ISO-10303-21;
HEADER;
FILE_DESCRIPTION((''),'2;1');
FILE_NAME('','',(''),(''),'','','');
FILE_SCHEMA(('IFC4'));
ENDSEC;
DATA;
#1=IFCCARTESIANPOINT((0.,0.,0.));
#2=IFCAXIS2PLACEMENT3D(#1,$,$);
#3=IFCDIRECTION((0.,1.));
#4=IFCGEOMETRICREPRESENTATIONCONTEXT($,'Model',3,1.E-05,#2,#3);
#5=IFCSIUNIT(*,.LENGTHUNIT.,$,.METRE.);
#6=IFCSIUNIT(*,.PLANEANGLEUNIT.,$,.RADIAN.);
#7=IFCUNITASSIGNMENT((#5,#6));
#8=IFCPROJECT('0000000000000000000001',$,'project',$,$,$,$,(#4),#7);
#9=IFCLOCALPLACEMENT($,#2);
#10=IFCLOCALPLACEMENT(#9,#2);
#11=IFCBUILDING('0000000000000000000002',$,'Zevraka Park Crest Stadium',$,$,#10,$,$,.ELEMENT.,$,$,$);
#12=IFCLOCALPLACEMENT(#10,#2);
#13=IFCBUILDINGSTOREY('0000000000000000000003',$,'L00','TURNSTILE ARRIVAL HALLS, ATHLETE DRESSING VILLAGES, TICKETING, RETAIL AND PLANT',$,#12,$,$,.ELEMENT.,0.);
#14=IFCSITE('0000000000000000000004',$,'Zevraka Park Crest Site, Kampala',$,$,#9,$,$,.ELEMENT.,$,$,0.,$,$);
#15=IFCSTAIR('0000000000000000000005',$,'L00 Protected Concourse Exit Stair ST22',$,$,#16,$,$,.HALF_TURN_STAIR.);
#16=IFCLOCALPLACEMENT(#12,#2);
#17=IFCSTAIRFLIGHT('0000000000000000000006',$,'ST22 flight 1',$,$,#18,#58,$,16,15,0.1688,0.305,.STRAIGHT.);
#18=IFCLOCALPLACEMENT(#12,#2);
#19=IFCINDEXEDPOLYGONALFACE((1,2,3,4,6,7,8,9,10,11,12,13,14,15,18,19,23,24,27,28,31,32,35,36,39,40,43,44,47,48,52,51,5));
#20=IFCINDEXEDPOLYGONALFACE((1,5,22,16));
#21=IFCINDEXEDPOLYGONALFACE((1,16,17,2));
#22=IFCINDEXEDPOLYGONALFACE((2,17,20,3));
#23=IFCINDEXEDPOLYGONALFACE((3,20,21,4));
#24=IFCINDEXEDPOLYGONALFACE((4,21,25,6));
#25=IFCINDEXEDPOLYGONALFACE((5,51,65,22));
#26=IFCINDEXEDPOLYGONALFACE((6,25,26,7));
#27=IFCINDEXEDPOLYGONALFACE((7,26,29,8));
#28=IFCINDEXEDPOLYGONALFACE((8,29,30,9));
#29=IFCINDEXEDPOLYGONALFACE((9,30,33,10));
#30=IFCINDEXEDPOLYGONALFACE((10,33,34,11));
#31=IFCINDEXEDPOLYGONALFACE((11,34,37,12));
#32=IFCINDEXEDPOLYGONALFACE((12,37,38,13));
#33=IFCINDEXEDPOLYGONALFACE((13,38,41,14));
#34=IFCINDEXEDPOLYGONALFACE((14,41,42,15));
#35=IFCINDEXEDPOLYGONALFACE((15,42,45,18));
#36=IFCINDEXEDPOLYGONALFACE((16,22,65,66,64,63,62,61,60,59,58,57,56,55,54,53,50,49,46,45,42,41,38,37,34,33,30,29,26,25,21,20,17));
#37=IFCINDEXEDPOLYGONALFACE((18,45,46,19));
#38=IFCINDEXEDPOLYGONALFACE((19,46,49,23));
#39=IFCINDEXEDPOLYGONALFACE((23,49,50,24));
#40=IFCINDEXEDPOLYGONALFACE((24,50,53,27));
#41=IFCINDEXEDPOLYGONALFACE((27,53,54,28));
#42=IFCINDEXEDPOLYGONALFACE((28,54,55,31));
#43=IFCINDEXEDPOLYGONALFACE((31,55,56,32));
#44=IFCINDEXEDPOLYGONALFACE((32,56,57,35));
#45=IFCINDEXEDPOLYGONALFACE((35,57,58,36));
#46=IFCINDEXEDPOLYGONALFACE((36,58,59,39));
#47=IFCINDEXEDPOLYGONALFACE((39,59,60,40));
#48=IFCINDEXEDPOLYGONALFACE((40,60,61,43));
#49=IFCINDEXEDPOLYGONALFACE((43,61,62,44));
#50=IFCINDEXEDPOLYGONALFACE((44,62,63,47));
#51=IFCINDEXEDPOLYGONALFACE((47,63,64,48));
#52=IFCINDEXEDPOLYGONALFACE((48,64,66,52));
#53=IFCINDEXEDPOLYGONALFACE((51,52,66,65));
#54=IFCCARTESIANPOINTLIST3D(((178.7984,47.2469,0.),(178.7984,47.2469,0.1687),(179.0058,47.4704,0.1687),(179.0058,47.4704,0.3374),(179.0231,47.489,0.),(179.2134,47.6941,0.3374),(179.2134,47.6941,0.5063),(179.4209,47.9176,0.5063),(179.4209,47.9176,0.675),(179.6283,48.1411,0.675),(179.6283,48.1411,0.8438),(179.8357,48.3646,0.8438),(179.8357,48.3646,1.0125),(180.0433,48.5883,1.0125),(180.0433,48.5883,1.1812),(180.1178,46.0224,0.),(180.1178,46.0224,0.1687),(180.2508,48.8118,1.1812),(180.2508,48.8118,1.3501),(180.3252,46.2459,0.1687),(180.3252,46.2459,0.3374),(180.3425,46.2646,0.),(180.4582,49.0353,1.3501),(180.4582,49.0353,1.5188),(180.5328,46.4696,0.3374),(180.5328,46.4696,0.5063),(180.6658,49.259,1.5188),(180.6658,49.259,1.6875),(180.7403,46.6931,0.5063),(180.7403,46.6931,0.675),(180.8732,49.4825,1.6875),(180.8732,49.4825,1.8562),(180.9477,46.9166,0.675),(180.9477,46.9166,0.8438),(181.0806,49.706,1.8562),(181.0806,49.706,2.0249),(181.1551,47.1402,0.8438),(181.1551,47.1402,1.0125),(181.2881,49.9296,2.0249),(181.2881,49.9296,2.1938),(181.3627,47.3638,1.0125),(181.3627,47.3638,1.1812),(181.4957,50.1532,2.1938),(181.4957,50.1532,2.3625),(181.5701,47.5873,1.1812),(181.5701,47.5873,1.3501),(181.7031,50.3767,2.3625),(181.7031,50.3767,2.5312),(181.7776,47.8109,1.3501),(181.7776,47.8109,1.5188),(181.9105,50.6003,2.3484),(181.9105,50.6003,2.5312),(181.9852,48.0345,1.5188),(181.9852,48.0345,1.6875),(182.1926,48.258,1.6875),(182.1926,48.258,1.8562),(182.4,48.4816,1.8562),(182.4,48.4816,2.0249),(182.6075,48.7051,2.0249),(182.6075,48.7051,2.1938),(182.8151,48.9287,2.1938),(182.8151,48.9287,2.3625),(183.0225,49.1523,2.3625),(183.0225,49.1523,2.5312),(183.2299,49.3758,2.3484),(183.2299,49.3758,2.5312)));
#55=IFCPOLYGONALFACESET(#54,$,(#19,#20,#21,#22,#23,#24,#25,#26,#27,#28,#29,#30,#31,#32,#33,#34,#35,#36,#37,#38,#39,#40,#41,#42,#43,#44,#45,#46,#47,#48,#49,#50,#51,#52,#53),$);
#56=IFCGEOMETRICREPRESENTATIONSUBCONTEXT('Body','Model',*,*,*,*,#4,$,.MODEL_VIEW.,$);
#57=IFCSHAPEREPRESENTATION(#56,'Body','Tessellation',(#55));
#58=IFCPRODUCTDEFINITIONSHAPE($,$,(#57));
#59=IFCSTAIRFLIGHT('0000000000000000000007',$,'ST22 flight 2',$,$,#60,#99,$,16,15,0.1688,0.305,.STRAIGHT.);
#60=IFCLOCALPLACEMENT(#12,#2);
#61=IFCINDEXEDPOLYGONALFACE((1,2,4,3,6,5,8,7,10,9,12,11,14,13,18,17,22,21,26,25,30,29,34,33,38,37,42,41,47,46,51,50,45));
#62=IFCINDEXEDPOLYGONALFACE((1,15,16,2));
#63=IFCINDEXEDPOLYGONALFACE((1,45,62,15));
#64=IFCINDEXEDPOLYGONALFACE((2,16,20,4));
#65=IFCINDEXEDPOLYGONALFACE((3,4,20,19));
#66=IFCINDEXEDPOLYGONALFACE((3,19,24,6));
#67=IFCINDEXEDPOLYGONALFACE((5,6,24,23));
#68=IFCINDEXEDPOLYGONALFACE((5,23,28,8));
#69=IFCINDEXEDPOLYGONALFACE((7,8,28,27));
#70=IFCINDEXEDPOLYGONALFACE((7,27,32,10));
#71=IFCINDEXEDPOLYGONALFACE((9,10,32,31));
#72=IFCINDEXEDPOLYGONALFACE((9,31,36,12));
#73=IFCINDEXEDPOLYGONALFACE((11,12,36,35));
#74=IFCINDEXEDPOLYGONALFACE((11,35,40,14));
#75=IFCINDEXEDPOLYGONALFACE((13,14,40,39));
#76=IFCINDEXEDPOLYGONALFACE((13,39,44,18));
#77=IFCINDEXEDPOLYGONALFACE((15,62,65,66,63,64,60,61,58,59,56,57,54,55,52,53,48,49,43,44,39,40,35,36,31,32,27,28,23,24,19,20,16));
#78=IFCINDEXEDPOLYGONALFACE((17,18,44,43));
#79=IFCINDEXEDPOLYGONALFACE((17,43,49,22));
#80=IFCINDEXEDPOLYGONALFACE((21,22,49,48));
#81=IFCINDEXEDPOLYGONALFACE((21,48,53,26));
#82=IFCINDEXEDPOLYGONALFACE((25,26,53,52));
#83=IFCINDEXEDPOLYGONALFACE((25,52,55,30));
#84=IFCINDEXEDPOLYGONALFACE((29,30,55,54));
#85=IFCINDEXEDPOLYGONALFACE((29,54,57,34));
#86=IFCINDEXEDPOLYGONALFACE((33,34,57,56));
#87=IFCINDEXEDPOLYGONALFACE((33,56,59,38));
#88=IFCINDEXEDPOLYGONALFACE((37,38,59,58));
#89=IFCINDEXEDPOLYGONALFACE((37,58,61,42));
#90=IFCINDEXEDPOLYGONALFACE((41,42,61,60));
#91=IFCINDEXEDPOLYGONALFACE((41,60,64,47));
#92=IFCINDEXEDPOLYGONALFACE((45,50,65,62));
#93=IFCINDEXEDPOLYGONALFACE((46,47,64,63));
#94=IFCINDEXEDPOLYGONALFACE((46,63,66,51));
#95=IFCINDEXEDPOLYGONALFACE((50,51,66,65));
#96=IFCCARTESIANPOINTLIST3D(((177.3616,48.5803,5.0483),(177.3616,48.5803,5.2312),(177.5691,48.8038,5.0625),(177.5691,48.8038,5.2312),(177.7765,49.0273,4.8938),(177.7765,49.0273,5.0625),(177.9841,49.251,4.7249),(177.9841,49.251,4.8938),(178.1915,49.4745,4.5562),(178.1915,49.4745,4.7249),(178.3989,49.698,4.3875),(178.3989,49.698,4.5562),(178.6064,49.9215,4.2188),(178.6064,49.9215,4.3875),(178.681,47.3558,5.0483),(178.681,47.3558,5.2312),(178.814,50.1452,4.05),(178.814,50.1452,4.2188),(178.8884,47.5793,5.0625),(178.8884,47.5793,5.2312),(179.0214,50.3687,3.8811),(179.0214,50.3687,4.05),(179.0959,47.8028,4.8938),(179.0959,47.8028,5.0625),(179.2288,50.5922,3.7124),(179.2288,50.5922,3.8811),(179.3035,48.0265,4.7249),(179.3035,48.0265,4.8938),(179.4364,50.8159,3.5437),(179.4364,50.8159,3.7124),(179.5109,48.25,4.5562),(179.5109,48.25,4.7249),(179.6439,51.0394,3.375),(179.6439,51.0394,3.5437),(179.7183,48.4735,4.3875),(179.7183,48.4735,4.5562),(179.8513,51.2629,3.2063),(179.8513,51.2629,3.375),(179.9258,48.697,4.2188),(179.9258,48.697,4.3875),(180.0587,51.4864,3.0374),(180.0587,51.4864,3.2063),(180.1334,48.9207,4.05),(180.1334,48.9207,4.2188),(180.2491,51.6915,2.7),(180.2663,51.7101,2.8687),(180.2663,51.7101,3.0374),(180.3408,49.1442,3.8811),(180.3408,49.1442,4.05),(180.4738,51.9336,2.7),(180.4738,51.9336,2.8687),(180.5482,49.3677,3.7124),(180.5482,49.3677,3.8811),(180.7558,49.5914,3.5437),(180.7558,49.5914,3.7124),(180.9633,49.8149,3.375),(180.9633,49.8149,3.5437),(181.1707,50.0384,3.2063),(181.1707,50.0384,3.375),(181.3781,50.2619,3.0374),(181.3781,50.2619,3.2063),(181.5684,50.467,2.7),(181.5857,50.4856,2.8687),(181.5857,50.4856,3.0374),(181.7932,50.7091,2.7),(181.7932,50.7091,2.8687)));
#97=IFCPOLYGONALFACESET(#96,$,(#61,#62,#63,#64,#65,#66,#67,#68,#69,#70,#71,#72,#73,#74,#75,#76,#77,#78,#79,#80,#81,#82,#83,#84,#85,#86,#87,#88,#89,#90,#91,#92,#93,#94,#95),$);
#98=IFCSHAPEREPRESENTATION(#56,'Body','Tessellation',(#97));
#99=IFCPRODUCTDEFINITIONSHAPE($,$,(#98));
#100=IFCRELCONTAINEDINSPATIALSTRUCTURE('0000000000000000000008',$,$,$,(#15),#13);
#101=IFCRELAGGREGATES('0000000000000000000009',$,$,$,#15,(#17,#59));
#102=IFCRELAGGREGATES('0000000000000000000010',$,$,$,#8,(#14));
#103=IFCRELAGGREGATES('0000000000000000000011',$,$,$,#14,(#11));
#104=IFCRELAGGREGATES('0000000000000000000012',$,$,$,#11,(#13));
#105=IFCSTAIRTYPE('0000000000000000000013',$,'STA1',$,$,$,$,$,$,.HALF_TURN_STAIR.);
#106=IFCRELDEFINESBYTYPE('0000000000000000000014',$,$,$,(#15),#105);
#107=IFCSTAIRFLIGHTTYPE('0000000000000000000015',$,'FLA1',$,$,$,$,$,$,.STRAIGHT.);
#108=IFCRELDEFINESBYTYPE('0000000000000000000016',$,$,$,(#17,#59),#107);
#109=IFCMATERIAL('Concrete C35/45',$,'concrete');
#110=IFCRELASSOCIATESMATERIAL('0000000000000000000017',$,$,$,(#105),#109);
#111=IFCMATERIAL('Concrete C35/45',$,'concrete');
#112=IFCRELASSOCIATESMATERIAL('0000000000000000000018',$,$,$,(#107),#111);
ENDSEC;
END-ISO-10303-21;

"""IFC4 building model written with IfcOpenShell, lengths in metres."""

from ifc_helpers import new_model, si_unit, direction, frame, origin, place, context, subcontext, project, spatial, polyline, outline, extrude, material, type_object, element, aggregate, save


model = new_model("IFC4")

# Units and contexts
model_context = context("Model", 3, precision=1e-05, world=origin(), true_north=direction((0.0, 1.0)))
body_context = subcontext(model_context, "Body", "Model", "MODEL_VIEW")
ifc_project = project(units=[si_unit("LENGTHUNIT", "METRE"), si_unit("PLANEANGLEUNIT", "RADIAN")], contexts=[model_context])

# Site, building, storey
site_placement = place(None, origin())
site = spatial("IfcSite", under=ifc_project, at=site_placement, Name="Zevraka Park Crest Site, Kampala", CompositionType="ELEMENT", RefElevation=0.0)
building_placement = place(site_placement, origin())
building = spatial("IfcBuilding", under=site, at=building_placement, Name="Zevraka Park Crest Stadium", CompositionType="ELEMENT")
storey_placement = place(building_placement, origin())
storey = spatial("IfcBuildingStorey", under=building, at=storey_placement, Name="L00", Description="TURNSTILE ARRIVAL HALLS, ATHLETE DRESSING VILLAGES, TICKETING, RETAIL AND PLANT", CompositionType="ELEMENT", Elevation=0.0)

# Stair, stair flights
ifc_material_1 = material(Name="Concrete C35/45", Category="concrete")
stair_type = type_object("IfcStairType", Name="STA1", PredefinedType="HALF_TURN_STAIR", material=ifc_material_1)
stair_placement = place(storey_placement, origin())
stair = element("IfcStair", 1, at=stair_placement, inside=storey, type_object=stair_type, Name="L00 Protected Concourse Exit Stair ST22", PredefinedType="HALF_TURN_STAIR")
ifc_material_2 = material(Name="Concrete C35/45", Category="concrete")
stair_flight_type = type_object("IfcStairFlightType", Name="FLA1", PredefinedType="STRAIGHT", material=ifc_material_2)
stair_flight_1_placement = place(storey_placement, frame((179.458, 46.6348, 0.0), z_axis=(0.0, 0.0, 1.0), x_axis=(0.680255, 0.732975, 0.0)))
stair_flight_1 = element("IfcStairFlight", 2, at=stair_flight_1_placement, type_object=stair_flight_type, Name="ST22 flight 1", NumberOfRisers=16, NumberOfTreads=15, PredefinedType="STRAIGHT", RiserHeight=0.1688, TreadLength=0.305, context=body_context, shape_type="SweptSolid", body=[
    extrude(outline(polyline([(0.0, 0.0), (0.0, 0.1687), (0.3049, 0.1687), (0.3049, 0.3374), (0.6101, 0.3374), (0.6101, 0.5063), (0.915, 0.5063), (0.915, 0.675), (1.22, 0.675), (1.22, 0.8438), (1.5249, 0.8438), (1.5249, 1.0125), (1.8301, 1.0125), (1.8301, 1.1812), (2.135, 1.1812), (2.135, 1.3501), (2.4399, 1.3501), (2.4399, 1.5188), (2.7451, 1.5188), (2.7451, 1.6875), (3.05, 1.6875), (3.05, 1.8562), (3.355, 1.8562), (3.355, 2.0249), (3.6599, 2.0249), (3.6599, 2.1938), (3.9651, 2.1938), (3.9651, 2.3625), (4.27, 2.3625), (4.27, 2.5312), (4.575, 2.5312), (4.575, 2.7), (4.575, 2.3484), (0.3303, 0.0), (0.0, 0.0)])), frame((0.0, 0.8999, 0.0), z_axis=(0.0, -1.0, 0.0), x_axis=(1.0, 0.0, 0.0)), (0.0, 0.0, 1.0), 1.8),
])
stair_flight_2_placement = place(storey_placement, frame((181.1335, 51.3213, 2.7), z_axis=(0.0, 0.0, 1.0), x_axis=(-0.680255, -0.732975, 0.0)))
stair_flight_2 = element("IfcStairFlight", 3, at=stair_flight_2_placement, type_object=stair_flight_type, Name="ST22 flight 2", NumberOfRisers=16, NumberOfTreads=15, PredefinedType="STRAIGHT", RiserHeight=0.1688, TreadLength=0.305, context=body_context, shape_type="SweptSolid", body=[
    extrude(outline(polyline([(0.0, 0.0), (0.0, 0.1687), (0.3049, 0.1687), (0.3049, 0.3374), (0.6101, 0.3374), (0.6101, 0.5063), (0.915, 0.5063), (0.915, 0.675), (1.22, 0.675), (1.22, 0.8438), (1.5249, 0.8438), (1.5249, 1.0125), (1.8301, 1.0125), (1.8301, 1.1812), (2.135, 1.1812), (2.135, 1.3501), (2.4399, 1.3501), (2.4399, 1.5188), (2.7451, 1.5188), (2.7451, 1.6875), (3.05, 1.6875), (3.05, 1.8562), (3.355, 1.8562), (3.355, 2.0249), (3.6599, 2.0249), (3.6599, 2.1938), (3.9651, 2.1938), (3.9651, 2.3625), (4.27, 2.3625), (4.27, 2.5312), (4.575, 2.5312), (4.575, 2.7), (4.575, 2.3484), (0.3303, 0.0), (0.0, 0.0)])), frame((0.0, 0.8999, 0.0), z_axis=(0.0, -1.0, 0.0), x_axis=(1.0, 0.0, 0.0)), (0.0, 0.0, 1.0), 1.8),
])
aggregate(stair, [stair_flight_1, stair_flight_2])

save(model, "model.ifc")
